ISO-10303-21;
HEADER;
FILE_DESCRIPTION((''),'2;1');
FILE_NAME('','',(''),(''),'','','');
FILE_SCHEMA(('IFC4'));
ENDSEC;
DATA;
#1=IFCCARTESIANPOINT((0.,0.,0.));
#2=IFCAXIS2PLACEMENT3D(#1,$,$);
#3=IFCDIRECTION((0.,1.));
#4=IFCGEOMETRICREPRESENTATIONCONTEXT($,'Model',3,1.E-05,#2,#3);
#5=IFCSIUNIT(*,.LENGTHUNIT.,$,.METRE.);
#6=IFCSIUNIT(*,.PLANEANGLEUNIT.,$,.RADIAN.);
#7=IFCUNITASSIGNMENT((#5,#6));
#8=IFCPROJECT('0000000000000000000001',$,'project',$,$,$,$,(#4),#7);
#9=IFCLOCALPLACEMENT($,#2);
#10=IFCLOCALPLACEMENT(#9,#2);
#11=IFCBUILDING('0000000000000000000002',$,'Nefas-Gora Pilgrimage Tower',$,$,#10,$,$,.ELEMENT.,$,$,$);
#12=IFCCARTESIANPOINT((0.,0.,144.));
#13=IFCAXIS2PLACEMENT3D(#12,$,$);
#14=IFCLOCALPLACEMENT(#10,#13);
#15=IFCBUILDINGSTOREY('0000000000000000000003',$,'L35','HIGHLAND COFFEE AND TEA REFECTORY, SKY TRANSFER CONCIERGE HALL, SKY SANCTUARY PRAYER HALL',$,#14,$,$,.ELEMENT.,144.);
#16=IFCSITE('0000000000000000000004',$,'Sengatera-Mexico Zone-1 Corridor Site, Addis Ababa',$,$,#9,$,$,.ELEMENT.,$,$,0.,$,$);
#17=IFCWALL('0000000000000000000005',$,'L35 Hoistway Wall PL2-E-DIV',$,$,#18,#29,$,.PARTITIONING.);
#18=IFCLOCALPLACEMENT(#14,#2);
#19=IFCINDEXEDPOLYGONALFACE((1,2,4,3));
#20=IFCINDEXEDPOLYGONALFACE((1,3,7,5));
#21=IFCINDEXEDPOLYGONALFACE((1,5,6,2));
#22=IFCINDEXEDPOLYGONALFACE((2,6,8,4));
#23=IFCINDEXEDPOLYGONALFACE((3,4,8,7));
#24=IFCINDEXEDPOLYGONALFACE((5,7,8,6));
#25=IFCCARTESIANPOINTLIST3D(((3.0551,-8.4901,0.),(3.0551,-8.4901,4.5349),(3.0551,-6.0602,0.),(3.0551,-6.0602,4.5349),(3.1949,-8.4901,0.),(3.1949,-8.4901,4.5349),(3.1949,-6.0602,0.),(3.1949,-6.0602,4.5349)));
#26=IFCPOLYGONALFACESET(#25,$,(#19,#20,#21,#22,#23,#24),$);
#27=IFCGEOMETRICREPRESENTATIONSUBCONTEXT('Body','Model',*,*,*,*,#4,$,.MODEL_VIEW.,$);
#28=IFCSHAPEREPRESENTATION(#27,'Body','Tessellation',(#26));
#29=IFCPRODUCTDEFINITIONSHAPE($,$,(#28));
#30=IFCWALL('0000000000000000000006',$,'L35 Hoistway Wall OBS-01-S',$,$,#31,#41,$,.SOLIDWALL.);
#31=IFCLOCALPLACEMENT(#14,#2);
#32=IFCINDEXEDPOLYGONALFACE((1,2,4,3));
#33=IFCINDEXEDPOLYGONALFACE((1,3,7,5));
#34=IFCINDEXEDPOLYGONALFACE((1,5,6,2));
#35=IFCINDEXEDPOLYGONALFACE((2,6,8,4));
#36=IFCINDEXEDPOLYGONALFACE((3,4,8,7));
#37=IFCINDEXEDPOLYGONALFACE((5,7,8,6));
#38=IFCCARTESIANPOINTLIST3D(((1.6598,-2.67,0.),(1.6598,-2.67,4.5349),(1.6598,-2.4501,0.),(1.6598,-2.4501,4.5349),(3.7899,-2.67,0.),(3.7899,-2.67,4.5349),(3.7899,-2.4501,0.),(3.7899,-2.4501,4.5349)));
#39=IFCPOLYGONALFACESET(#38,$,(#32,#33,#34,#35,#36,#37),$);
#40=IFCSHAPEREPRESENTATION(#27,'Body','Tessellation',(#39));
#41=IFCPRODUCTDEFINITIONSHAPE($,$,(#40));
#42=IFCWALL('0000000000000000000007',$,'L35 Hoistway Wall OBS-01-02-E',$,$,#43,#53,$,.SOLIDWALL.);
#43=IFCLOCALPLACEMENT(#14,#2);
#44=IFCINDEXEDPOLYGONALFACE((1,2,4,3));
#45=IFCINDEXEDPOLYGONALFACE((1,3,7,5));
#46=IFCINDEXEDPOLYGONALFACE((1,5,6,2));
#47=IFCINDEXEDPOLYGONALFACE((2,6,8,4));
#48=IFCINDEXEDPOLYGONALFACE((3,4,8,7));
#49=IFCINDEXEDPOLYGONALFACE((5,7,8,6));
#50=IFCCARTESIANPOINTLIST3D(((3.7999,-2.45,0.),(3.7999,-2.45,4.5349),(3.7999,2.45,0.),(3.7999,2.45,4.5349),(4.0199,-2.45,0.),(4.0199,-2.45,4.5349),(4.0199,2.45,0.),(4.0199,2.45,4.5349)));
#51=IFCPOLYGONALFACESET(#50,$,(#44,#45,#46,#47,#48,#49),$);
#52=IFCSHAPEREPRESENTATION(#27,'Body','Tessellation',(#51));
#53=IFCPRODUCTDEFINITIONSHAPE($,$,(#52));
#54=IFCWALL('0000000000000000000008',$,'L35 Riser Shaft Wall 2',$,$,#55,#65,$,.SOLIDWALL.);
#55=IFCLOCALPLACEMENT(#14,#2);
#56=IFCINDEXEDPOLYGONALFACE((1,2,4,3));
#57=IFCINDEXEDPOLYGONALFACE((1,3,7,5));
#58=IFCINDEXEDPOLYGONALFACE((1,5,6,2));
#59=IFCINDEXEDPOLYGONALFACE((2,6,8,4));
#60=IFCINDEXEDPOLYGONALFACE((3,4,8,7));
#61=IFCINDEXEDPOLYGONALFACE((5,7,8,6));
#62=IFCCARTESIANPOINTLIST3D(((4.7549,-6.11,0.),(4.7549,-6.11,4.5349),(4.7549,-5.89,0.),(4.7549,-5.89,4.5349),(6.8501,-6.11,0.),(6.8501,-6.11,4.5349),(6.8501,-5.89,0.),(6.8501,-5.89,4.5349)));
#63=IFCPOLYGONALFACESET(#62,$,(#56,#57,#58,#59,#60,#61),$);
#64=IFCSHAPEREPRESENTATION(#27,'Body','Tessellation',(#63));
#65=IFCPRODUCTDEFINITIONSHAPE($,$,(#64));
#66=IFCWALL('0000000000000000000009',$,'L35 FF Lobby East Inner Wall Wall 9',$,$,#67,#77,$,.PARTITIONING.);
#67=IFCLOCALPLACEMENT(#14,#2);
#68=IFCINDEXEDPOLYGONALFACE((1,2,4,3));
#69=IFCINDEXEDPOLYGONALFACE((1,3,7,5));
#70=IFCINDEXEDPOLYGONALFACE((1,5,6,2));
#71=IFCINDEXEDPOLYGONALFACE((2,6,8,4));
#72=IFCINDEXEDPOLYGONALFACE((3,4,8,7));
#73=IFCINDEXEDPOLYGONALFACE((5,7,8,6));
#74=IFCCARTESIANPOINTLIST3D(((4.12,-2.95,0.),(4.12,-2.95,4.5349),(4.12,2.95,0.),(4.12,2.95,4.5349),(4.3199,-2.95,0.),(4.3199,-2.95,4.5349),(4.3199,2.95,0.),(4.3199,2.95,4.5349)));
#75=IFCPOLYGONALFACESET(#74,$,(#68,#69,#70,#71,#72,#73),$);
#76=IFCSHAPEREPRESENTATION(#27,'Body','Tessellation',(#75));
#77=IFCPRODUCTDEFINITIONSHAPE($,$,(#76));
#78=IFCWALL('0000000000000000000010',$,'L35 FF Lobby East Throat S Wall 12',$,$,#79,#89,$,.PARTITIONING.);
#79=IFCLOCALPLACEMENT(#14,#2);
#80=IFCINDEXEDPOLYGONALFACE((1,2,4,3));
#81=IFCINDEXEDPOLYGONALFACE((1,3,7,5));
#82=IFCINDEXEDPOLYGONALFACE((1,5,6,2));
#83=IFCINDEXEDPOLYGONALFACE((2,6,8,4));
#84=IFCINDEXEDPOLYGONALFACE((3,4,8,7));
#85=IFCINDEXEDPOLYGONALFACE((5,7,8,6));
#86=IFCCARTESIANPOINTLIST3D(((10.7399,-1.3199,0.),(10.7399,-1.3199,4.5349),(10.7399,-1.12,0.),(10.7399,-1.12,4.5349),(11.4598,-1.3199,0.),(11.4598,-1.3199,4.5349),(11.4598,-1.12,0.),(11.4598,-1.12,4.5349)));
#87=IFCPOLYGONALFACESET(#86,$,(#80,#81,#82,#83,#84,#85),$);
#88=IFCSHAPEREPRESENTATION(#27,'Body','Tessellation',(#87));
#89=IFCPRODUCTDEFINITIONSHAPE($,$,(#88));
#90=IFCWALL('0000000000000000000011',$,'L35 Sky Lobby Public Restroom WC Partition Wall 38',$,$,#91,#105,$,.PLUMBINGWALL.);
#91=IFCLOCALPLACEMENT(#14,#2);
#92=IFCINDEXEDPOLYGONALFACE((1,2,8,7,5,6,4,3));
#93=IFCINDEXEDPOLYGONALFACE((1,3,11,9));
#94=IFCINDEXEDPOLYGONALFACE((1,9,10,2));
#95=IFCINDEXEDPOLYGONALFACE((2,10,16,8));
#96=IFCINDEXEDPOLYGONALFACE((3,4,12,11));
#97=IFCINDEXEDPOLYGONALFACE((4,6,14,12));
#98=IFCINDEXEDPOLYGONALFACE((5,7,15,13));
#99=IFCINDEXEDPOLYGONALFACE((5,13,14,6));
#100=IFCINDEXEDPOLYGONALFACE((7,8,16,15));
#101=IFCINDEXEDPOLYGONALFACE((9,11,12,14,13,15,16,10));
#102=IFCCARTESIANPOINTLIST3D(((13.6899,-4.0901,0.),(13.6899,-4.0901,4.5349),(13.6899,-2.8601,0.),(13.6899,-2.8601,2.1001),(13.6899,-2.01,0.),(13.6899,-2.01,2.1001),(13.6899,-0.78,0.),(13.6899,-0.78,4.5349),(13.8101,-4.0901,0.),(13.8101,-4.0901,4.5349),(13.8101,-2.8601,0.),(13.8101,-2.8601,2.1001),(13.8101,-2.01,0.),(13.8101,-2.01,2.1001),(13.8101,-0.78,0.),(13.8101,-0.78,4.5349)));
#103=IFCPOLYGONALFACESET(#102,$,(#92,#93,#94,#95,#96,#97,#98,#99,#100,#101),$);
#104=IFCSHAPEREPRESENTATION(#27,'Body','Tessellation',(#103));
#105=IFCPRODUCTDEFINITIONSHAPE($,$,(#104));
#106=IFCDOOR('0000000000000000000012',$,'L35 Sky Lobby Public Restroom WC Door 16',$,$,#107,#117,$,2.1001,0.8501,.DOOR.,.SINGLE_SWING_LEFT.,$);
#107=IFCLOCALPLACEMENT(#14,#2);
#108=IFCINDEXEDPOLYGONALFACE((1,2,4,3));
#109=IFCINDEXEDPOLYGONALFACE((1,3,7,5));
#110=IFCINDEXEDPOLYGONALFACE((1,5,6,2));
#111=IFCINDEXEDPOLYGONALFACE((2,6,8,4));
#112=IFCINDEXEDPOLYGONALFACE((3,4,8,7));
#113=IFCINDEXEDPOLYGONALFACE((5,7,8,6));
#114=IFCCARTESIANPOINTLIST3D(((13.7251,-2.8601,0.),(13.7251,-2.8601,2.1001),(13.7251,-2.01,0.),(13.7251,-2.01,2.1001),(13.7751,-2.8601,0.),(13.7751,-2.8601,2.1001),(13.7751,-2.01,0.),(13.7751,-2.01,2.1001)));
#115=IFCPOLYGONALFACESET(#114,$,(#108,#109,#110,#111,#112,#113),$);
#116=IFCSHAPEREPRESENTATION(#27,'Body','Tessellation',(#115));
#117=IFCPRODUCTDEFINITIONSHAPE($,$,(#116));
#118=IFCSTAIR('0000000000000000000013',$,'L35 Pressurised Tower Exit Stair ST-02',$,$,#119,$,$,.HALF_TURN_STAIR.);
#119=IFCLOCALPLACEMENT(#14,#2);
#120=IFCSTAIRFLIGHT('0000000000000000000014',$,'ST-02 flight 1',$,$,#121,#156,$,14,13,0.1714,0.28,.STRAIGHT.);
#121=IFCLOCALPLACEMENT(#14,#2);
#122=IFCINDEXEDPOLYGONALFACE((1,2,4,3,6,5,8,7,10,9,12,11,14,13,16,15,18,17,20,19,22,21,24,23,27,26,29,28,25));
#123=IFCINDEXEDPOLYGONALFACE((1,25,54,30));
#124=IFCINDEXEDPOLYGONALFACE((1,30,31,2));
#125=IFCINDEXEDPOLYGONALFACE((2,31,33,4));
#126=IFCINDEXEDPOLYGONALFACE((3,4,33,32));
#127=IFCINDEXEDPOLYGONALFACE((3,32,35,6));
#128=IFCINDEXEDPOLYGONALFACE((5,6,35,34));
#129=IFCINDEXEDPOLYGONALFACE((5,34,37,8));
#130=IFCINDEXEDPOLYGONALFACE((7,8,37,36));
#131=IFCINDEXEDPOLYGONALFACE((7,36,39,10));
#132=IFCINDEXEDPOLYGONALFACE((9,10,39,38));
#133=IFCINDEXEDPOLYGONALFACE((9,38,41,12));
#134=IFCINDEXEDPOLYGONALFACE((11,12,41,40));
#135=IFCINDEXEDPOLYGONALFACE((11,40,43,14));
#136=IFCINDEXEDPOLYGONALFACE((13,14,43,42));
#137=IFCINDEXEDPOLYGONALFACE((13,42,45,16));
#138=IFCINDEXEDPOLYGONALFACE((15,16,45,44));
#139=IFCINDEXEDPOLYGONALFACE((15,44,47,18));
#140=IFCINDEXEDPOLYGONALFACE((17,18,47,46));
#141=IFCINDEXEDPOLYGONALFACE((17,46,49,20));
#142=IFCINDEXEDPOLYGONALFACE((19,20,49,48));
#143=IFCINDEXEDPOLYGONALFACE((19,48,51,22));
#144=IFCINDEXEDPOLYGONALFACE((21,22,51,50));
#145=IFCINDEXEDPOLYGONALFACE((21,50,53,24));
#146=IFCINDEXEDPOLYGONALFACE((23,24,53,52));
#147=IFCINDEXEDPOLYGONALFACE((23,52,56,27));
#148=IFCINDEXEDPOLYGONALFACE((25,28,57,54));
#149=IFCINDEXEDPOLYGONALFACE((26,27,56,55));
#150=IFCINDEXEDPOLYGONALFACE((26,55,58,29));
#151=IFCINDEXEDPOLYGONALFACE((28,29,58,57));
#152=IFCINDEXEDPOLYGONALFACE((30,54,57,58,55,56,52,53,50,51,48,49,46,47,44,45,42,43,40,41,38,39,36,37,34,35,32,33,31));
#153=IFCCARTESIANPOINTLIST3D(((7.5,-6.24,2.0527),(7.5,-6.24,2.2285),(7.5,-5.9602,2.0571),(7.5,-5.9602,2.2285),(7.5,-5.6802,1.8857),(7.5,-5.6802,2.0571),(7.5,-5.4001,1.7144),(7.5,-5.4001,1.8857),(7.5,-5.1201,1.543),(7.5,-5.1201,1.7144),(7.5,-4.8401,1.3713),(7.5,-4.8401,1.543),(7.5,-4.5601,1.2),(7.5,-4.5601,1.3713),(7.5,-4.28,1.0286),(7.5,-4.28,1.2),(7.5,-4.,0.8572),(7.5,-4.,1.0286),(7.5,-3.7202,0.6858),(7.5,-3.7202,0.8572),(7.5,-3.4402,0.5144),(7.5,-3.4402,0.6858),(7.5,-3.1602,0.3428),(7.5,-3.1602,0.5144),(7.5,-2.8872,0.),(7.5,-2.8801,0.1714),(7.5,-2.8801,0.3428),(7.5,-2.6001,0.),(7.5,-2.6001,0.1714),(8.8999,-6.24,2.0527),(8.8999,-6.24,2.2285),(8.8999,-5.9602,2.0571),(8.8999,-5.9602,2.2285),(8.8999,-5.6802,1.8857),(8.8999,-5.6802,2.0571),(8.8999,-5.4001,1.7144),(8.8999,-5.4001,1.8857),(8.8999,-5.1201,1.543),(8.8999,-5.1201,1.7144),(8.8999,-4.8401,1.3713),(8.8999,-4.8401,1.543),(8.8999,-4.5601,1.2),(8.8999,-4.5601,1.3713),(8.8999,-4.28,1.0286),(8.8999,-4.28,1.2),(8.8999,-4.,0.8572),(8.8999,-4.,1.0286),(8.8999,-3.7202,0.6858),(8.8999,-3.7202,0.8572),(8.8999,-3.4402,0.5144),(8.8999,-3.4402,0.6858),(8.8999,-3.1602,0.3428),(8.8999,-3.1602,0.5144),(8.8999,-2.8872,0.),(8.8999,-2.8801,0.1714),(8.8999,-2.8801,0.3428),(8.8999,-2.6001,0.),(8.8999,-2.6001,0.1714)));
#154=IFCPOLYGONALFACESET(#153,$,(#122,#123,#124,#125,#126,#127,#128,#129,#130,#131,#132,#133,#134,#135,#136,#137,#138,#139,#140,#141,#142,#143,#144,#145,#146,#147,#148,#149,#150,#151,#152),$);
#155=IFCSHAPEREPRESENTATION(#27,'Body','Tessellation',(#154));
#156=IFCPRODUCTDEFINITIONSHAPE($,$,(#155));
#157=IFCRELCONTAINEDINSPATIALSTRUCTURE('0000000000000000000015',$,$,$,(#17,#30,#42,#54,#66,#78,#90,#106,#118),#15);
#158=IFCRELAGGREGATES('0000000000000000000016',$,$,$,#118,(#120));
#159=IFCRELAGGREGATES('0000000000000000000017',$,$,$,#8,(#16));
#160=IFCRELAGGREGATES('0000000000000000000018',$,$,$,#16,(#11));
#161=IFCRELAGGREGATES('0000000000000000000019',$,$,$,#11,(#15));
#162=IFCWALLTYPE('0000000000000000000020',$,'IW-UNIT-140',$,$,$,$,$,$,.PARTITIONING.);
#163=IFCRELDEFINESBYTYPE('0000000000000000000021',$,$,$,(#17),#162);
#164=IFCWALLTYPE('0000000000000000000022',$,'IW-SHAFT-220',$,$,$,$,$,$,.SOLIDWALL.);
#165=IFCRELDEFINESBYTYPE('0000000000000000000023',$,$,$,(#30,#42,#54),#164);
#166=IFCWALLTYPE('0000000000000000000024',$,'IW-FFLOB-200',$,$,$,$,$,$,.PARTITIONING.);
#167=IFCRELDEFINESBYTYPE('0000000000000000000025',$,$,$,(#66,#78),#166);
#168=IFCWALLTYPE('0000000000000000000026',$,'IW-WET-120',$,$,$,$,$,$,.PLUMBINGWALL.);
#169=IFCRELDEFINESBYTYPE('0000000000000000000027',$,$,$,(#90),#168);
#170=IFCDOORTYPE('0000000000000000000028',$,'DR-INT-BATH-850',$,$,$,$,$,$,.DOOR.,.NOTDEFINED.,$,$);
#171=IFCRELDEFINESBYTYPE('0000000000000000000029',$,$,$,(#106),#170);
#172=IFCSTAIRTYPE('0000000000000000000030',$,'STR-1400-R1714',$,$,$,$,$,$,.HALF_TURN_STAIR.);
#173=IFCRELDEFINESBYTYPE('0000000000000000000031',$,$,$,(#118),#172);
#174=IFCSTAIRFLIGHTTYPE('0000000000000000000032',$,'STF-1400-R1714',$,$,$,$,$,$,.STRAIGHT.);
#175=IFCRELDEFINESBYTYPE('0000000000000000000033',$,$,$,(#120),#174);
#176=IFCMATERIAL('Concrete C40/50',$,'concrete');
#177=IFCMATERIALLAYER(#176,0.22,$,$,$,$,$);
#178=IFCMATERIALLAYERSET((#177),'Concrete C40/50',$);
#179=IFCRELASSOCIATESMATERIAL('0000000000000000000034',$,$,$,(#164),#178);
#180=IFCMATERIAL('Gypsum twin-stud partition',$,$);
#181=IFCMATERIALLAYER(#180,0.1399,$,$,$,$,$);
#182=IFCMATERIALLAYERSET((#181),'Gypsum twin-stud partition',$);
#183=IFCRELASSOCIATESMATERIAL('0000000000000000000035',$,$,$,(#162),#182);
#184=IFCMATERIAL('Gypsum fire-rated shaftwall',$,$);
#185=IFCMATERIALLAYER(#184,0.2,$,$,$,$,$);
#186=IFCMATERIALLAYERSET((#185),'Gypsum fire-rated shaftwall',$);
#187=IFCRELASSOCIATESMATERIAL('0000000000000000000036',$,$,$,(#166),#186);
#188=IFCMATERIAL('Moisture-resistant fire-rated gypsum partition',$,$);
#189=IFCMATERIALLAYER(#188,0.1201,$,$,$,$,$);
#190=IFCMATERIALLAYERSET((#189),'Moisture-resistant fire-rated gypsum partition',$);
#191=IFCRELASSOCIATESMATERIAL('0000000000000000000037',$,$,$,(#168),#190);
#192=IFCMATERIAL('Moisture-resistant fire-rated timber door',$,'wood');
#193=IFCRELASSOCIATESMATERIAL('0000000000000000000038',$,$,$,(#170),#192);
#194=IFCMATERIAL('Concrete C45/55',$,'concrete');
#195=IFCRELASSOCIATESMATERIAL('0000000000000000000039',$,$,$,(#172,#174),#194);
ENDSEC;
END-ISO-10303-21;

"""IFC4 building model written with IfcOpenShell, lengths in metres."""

from ifc_helpers import new_model, si_unit, direction, frame, frame_2d, origin, place, context, subcontext, project, spatial, polyline, rectangle, outline, extrude, source, transform, mapped, material, layer, layer_set, type_object, element, fill, aggregate, save


model = new_model("IFC4")

# Units and contexts
model_context = context("Model", 3, precision=1e-05, world=origin(), true_north=direction((0.0, 1.0)))
body_context = subcontext(model_context, "Body", "Model", "MODEL_VIEW")
ifc_project = project(units=[si_unit("LENGTHUNIT", "METRE"), si_unit("PLANEANGLEUNIT", "RADIAN")], contexts=[model_context])

# Site, building, storey
site_placement = place(None, origin())
site = spatial("IfcSite", under=ifc_project, at=site_placement, Name="Sengatera-Mexico Zone-1 Corridor Site, Addis Ababa", CompositionType="ELEMENT", RefElevation=0.0)
building_placement = place(site_placement, origin())
building = spatial("IfcBuilding", under=site, at=building_placement, Name="Nefas-Gora Pilgrimage Tower", CompositionType="ELEMENT")
storey_placement = place(building_placement, frame((0.0, 0.0, 144.0)))
storey = spatial("IfcBuildingStorey", under=building, at=storey_placement, Name="L35", Description="HIGHLAND COFFEE AND TEA REFECTORY, SKY TRANSFER CONCIERGE HALL, SKY SANCTUARY PRAYER HALL", CompositionType="ELEMENT", Elevation=144.0)

# Shared definitions
ifc_material_1 = material(Name="Concrete C45/55", Category="concrete")

# Shared definitions
ifc_material_2 = material(Name="Concrete C40/50", Category="concrete")
ifc_layer_1 = layer(ifc_material_2, 0.22)
ifc_layer_set_1 = layer_set([ifc_layer_1], Name="Concrete C40/50")
wall_type_1 = type_object("IfcWallType", Name="IW-SHAFT-220", PredefinedType="SOLIDWALL", material=ifc_layer_set_1)

# Walls
ifc_material_3 = material(Name="Gypsum twin-stud partition")
ifc_layer_2 = layer(ifc_material_3, 0.1399)
ifc_layer_set_2 = layer_set([ifc_layer_2], Name="Gypsum twin-stud partition")
wall_type_2 = type_object("IfcWallType", Name="IW-UNIT-140", PredefinedType="PARTITIONING", material=ifc_layer_set_2)
shared_shape_1 = source(origin(), body_context, "Body", "SweptSolid", [
    extrude(rectangle(XDim=2.4299, YDim=0.1399, at=frame_2d((1.2148, 0.0))), origin(), (0.0, 0.0, 1.0), 4.5349),
])
wall_1_placement = place(storey_placement, frame((3.125, -8.49, 0.0), z_axis=(0.0, 0.0, 1.0), x_axis=(0.0, 1.0, 0.0)))
element("IfcWall", 1, at=wall_1_placement, inside=storey, type_object=wall_type_2, Name="L35 Hoistway Wall PL2-E-DIV", PredefinedType="PARTITIONING", context=body_context, shape_type="MappedRepresentation", body=[
    mapped(shared_shape_1, transform((0.0, 0.0, 0.0), x_axis=(1.0, 0.0, 0.0), y_axis=(0.0, 1.0, 0.0), z_axis=(0.0, 0.0, 1.0), scale=1.0)),
])
shared_shape_2 = source(origin(), body_context, "Body", "SweptSolid", [
    extrude(rectangle(XDim=2.1301, YDim=0.22, at=frame_2d((1.0649, 0.0))), origin(), (0.0, 0.0, 1.0), 4.5349),
])
wall_2_placement = place(storey_placement, frame((1.6599, -2.5601, 0.0), z_axis=(0.0, 0.0, 1.0), x_axis=(1.0, 0.0, 0.0)))
element("IfcWall", 2, at=wall_2_placement, inside=storey, type_object=wall_type_1, Name="L35 Hoistway Wall OBS-01-S", PredefinedType="SOLIDWALL", context=body_context, shape_type="MappedRepresentation", body=[
    mapped(shared_shape_2, transform((0.0, 0.0, 0.0), x_axis=(1.0, 0.0, 0.0), y_axis=(0.0, 1.0, 0.0), z_axis=(0.0, 0.0, 1.0), scale=1.0)),
])
shared_shape_3 = source(origin(), body_context, "Body", "SweptSolid", [
    extrude(rectangle(XDim=4.8999, YDim=0.22, at=frame_2d((2.45, 0.0))), origin(), (0.0, 0.0, 1.0), 4.5349),
])
wall_3_placement = place(storey_placement, frame((3.9099, -2.45, 0.0), z_axis=(0.0, 0.0, 1.0), x_axis=(0.0, 1.0, 0.0)))
element("IfcWall", 3, at=wall_3_placement, inside=storey, type_object=wall_type_1, Name="L35 Hoistway Wall OBS-01-02-E", PredefinedType="SOLIDWALL", context=body_context, shape_type="MappedRepresentation", body=[
    mapped(shared_shape_3, transform((0.0, 0.0, 0.0), x_axis=(1.0, 0.0, 0.0), y_axis=(0.0, 1.0, 0.0), z_axis=(0.0, 0.0, 1.0), scale=1.0)),
])
shared_shape_4 = source(origin(), body_context, "Body", "SweptSolid", [
    extrude(rectangle(XDim=2.0952, YDim=0.22, at=frame_2d((1.0476, 0.0))), origin(), (0.0, 0.0, 1.0), 4.5349),
])
wall_4_placement = place(storey_placement, frame((4.7549, -6.0, 0.0), z_axis=(0.0, 0.0, 1.0), x_axis=(1.0, 0.0, 0.0)))
element("IfcWall", 4, at=wall_4_placement, inside=storey, type_object=wall_type_1, Name="L35 Riser Shaft Wall 2", PredefinedType="SOLIDWALL", context=body_context, shape_type="MappedRepresentation", body=[
    mapped(shared_shape_4, transform((0.0, 0.0, 0.0), x_axis=(1.0, 0.0, 0.0), y_axis=(0.0, 1.0, 0.0), z_axis=(0.0, 0.0, 1.0), scale=1.0)),
])

# Shared definitions
ifc_material_4 = material(Name="Gypsum fire-rated shaftwall")
ifc_layer_3 = layer(ifc_material_4, 0.2)
ifc_layer_set_3 = layer_set([ifc_layer_3], Name="Gypsum fire-rated shaftwall")
wall_type_3 = type_object("IfcWallType", Name="IW-FFLOB-200", PredefinedType="PARTITIONING", material=ifc_layer_set_3)

# Walls
shared_shape_5 = source(origin(), body_context, "Body", "SweptSolid", [
    extrude(rectangle(XDim=5.8999, YDim=0.2, at=frame_2d((2.95, 0.0))), origin(), (0.0, 0.0, 1.0), 4.5349),
])
wall_5_placement = place(storey_placement, frame((4.22, -2.95, 0.0), z_axis=(0.0, 0.0, 1.0), x_axis=(0.0, 1.0, 0.0)))
element("IfcWall", 5, at=wall_5_placement, inside=storey, type_object=wall_type_3, Name="L35 FF Lobby East Inner Wall Wall 9", PredefinedType="PARTITIONING", context=body_context, shape_type="MappedRepresentation", body=[
    mapped(shared_shape_5, transform((0.0, 0.0, 0.0), x_axis=(1.0, 0.0, 0.0), y_axis=(0.0, 1.0, 0.0), z_axis=(0.0, 0.0, 1.0), scale=1.0)),
])
shared_shape_6 = source(origin(), body_context, "Body", "SweptSolid", [
    extrude(rectangle(XDim=0.72, YDim=0.2, at=frame_2d((0.3599, 0.0))), origin(), (0.0, 0.0, 1.0), 4.5349),
])
wall_6_placement = place(storey_placement, frame((10.74, -1.22, 0.0), z_axis=(0.0, 0.0, 1.0), x_axis=(1.0, 0.0, 0.0)))
element("IfcWall", 6, at=wall_6_placement, inside=storey, type_object=wall_type_3, Name="L35 FF Lobby East Throat S Wall 12", PredefinedType="PARTITIONING", context=body_context, shape_type="MappedRepresentation", body=[
    mapped(shared_shape_6, transform((0.0, 0.0, 0.0), x_axis=(1.0, 0.0, 0.0), y_axis=(0.0, 1.0, 0.0), z_axis=(0.0, 0.0, 1.0), scale=1.0)),
])

# Wall, opening, door
ifc_material_5 = material(Name="Moisture-resistant fire-rated gypsum partition")
ifc_layer_4 = layer(ifc_material_5, 0.1201)
ifc_layer_set_4 = layer_set([ifc_layer_4], Name="Moisture-resistant fire-rated gypsum partition")
wall_type_4 = type_object("IfcWallType", Name="IW-WET-120", PredefinedType="PLUMBINGWALL", material=ifc_layer_set_4)
shared_shape_7 = source(origin(), body_context, "Body", "SweptSolid", [
    extrude(rectangle(XDim=3.3101, YDim=0.1201, at=frame_2d((1.655, 0.0))), origin(), (0.0, 0.0, 1.0), 4.5349),
])
wall_7_placement = place(storey_placement, frame((13.75, -4.0901, 0.0), z_axis=(0.0, 0.0, 1.0), x_axis=(0.0, 1.0, 0.0)))
wall_7 = element("IfcWall", 7, at=wall_7_placement, inside=storey, type_object=wall_type_4, Name="L35 Sky Lobby Public Restroom WC Partition Wall 38", PredefinedType="PLUMBINGWALL", context=body_context, shape_type="MappedRepresentation", body=[
    mapped(shared_shape_7, transform((0.0, 0.0, 0.0), x_axis=(1.0, 0.0, 0.0), y_axis=(0.0, 1.0, 0.0), z_axis=(0.0, 0.0, 1.0), scale=1.0)),
])
opening_1_placement = place(wall_7_placement, frame((1.23, 0.0, 0.0)))
opening_1 = element("IfcOpeningElement", 8, at=opening_1_placement, cuts=wall_7, PredefinedType="OPENING", context=body_context, shape_type="SweptSolid", body=[
    extrude(rectangle(XDim=0.8501, YDim=2.1001, at=frame_2d((0.425, 1.05))), frame((0.0, 0.0701, 0.0), z_axis=(0.0, -1.0, 0.0), x_axis=(1.0, 0.0, 0.0)), (0.0, 0.0, 1.0), 0.1401),
])
ifc_material_6 = material(Name="Moisture-resistant fire-rated timber door", Category="wood")
door_type_1 = type_object("IfcDoorType", Name="DR-INT-BATH-850", OperationType="NOTDEFINED", PredefinedType="DOOR", material=ifc_material_6)
shared_shape_8 = source(origin(), body_context, "Body", "SweptSolid", [
    extrude(rectangle(XDim=0.8501, YDim=2.1001, at=frame_2d((0.425, 1.05))), frame((0.0, 0.0249, 0.0), z_axis=(0.0, -1.0, 0.0), x_axis=(1.0, 0.0, 0.0)), (0.0, 0.0, 1.0), 0.05),
])
door_1_placement = place(opening_1_placement, origin())
door_1 = element("IfcDoor", 9, at=door_1_placement, inside=storey, type_object=door_type_1, Name="L35 Sky Lobby Public Restroom WC Door 16", OperationType="SINGLE_SWING_LEFT", OverallHeight=2.1001, OverallWidth=0.8501, PredefinedType="DOOR", context=body_context, shape_type="MappedRepresentation", body=[
    mapped(shared_shape_8, transform((0.0, 0.0, 0.0), x_axis=(1.0, 0.0, 0.0), y_axis=(0.0, 1.0, 0.0), z_axis=(0.0, 0.0, 1.0), scale=1.0)),
])
fill(opening_1, door_1)

# Stair, stair flight
stair_type = type_object("IfcStairType", Name="STR-1400-R1714", PredefinedType="HALF_TURN_STAIR", material=ifc_material_1)
stair_placement = place(storey_placement, origin())
stair = element("IfcStair", 10, at=stair_placement, inside=storey, type_object=stair_type, Name="L35 Pressurised Tower Exit Stair ST-02", PredefinedType="HALF_TURN_STAIR")
stair_flight_type = type_object("IfcStairFlightType", Name="STF-1400-R1714", PredefinedType="STRAIGHT", material=ifc_material_1)
shared_shape_9 = source(origin(), body_context, "Body", "SweptSolid", [
    extrude(outline(polyline([(0.0, 0.0), (0.0, 0.1714), (0.28, 0.1714), (0.28, 0.3428), (0.5601, 0.3428), (0.5601, 0.5144), (0.8401, 0.5144), (0.8401, 0.6858), (1.1201, 0.6858), (1.1201, 0.8572), (1.3999, 0.8572), (1.3999, 1.0286), (1.6799, 1.0286), (1.6799, 1.2), (1.96, 1.2), (1.96, 1.3713), (2.24, 1.3713), (2.24, 1.543), (2.52, 1.543), (2.52, 1.7144), (2.8, 1.7144), (2.8, 1.8857), (3.0801, 1.8857), (3.0801, 2.0571), (3.3601, 2.0571), (3.3601, 2.2285), (3.6399, 2.2285), (3.6399, 2.3999), (3.6399, 2.0527), (0.2871, 0.0), (0.0, 0.0)])), frame((0.0, 0.7, 0.0), z_axis=(0.0, -1.0, 0.0), x_axis=(1.0, 0.0, 0.0)), (0.0, 0.0, 1.0), 1.3999),
])
stair_flight_1_placement = place(storey_placement, frame((8.2, -2.6001, 0.0), z_axis=(0.0, 0.0, 1.0), x_axis=(0.0, -1.0, 0.0)))
stair_flight_1 = element("IfcStairFlight", 11, at=stair_flight_1_placement, type_object=stair_flight_type, Name="ST-02 flight 1", NumberOfRisers=14, NumberOfTreads=13, PredefinedType="STRAIGHT", RiserHeight=0.1714, TreadLength=0.28, context=body_context, shape_type="MappedRepresentation", body=[
    mapped(shared_shape_9, transform((0.0, 0.0, 0.0), x_axis=(1.0, 0.0, 0.0), y_axis=(0.0, 1.0, 0.0), z_axis=(0.0, 0.0, 1.0), scale=1.0)),
])
aggregate(stair, [stair_flight_1])

save(model, "model.ifc")
